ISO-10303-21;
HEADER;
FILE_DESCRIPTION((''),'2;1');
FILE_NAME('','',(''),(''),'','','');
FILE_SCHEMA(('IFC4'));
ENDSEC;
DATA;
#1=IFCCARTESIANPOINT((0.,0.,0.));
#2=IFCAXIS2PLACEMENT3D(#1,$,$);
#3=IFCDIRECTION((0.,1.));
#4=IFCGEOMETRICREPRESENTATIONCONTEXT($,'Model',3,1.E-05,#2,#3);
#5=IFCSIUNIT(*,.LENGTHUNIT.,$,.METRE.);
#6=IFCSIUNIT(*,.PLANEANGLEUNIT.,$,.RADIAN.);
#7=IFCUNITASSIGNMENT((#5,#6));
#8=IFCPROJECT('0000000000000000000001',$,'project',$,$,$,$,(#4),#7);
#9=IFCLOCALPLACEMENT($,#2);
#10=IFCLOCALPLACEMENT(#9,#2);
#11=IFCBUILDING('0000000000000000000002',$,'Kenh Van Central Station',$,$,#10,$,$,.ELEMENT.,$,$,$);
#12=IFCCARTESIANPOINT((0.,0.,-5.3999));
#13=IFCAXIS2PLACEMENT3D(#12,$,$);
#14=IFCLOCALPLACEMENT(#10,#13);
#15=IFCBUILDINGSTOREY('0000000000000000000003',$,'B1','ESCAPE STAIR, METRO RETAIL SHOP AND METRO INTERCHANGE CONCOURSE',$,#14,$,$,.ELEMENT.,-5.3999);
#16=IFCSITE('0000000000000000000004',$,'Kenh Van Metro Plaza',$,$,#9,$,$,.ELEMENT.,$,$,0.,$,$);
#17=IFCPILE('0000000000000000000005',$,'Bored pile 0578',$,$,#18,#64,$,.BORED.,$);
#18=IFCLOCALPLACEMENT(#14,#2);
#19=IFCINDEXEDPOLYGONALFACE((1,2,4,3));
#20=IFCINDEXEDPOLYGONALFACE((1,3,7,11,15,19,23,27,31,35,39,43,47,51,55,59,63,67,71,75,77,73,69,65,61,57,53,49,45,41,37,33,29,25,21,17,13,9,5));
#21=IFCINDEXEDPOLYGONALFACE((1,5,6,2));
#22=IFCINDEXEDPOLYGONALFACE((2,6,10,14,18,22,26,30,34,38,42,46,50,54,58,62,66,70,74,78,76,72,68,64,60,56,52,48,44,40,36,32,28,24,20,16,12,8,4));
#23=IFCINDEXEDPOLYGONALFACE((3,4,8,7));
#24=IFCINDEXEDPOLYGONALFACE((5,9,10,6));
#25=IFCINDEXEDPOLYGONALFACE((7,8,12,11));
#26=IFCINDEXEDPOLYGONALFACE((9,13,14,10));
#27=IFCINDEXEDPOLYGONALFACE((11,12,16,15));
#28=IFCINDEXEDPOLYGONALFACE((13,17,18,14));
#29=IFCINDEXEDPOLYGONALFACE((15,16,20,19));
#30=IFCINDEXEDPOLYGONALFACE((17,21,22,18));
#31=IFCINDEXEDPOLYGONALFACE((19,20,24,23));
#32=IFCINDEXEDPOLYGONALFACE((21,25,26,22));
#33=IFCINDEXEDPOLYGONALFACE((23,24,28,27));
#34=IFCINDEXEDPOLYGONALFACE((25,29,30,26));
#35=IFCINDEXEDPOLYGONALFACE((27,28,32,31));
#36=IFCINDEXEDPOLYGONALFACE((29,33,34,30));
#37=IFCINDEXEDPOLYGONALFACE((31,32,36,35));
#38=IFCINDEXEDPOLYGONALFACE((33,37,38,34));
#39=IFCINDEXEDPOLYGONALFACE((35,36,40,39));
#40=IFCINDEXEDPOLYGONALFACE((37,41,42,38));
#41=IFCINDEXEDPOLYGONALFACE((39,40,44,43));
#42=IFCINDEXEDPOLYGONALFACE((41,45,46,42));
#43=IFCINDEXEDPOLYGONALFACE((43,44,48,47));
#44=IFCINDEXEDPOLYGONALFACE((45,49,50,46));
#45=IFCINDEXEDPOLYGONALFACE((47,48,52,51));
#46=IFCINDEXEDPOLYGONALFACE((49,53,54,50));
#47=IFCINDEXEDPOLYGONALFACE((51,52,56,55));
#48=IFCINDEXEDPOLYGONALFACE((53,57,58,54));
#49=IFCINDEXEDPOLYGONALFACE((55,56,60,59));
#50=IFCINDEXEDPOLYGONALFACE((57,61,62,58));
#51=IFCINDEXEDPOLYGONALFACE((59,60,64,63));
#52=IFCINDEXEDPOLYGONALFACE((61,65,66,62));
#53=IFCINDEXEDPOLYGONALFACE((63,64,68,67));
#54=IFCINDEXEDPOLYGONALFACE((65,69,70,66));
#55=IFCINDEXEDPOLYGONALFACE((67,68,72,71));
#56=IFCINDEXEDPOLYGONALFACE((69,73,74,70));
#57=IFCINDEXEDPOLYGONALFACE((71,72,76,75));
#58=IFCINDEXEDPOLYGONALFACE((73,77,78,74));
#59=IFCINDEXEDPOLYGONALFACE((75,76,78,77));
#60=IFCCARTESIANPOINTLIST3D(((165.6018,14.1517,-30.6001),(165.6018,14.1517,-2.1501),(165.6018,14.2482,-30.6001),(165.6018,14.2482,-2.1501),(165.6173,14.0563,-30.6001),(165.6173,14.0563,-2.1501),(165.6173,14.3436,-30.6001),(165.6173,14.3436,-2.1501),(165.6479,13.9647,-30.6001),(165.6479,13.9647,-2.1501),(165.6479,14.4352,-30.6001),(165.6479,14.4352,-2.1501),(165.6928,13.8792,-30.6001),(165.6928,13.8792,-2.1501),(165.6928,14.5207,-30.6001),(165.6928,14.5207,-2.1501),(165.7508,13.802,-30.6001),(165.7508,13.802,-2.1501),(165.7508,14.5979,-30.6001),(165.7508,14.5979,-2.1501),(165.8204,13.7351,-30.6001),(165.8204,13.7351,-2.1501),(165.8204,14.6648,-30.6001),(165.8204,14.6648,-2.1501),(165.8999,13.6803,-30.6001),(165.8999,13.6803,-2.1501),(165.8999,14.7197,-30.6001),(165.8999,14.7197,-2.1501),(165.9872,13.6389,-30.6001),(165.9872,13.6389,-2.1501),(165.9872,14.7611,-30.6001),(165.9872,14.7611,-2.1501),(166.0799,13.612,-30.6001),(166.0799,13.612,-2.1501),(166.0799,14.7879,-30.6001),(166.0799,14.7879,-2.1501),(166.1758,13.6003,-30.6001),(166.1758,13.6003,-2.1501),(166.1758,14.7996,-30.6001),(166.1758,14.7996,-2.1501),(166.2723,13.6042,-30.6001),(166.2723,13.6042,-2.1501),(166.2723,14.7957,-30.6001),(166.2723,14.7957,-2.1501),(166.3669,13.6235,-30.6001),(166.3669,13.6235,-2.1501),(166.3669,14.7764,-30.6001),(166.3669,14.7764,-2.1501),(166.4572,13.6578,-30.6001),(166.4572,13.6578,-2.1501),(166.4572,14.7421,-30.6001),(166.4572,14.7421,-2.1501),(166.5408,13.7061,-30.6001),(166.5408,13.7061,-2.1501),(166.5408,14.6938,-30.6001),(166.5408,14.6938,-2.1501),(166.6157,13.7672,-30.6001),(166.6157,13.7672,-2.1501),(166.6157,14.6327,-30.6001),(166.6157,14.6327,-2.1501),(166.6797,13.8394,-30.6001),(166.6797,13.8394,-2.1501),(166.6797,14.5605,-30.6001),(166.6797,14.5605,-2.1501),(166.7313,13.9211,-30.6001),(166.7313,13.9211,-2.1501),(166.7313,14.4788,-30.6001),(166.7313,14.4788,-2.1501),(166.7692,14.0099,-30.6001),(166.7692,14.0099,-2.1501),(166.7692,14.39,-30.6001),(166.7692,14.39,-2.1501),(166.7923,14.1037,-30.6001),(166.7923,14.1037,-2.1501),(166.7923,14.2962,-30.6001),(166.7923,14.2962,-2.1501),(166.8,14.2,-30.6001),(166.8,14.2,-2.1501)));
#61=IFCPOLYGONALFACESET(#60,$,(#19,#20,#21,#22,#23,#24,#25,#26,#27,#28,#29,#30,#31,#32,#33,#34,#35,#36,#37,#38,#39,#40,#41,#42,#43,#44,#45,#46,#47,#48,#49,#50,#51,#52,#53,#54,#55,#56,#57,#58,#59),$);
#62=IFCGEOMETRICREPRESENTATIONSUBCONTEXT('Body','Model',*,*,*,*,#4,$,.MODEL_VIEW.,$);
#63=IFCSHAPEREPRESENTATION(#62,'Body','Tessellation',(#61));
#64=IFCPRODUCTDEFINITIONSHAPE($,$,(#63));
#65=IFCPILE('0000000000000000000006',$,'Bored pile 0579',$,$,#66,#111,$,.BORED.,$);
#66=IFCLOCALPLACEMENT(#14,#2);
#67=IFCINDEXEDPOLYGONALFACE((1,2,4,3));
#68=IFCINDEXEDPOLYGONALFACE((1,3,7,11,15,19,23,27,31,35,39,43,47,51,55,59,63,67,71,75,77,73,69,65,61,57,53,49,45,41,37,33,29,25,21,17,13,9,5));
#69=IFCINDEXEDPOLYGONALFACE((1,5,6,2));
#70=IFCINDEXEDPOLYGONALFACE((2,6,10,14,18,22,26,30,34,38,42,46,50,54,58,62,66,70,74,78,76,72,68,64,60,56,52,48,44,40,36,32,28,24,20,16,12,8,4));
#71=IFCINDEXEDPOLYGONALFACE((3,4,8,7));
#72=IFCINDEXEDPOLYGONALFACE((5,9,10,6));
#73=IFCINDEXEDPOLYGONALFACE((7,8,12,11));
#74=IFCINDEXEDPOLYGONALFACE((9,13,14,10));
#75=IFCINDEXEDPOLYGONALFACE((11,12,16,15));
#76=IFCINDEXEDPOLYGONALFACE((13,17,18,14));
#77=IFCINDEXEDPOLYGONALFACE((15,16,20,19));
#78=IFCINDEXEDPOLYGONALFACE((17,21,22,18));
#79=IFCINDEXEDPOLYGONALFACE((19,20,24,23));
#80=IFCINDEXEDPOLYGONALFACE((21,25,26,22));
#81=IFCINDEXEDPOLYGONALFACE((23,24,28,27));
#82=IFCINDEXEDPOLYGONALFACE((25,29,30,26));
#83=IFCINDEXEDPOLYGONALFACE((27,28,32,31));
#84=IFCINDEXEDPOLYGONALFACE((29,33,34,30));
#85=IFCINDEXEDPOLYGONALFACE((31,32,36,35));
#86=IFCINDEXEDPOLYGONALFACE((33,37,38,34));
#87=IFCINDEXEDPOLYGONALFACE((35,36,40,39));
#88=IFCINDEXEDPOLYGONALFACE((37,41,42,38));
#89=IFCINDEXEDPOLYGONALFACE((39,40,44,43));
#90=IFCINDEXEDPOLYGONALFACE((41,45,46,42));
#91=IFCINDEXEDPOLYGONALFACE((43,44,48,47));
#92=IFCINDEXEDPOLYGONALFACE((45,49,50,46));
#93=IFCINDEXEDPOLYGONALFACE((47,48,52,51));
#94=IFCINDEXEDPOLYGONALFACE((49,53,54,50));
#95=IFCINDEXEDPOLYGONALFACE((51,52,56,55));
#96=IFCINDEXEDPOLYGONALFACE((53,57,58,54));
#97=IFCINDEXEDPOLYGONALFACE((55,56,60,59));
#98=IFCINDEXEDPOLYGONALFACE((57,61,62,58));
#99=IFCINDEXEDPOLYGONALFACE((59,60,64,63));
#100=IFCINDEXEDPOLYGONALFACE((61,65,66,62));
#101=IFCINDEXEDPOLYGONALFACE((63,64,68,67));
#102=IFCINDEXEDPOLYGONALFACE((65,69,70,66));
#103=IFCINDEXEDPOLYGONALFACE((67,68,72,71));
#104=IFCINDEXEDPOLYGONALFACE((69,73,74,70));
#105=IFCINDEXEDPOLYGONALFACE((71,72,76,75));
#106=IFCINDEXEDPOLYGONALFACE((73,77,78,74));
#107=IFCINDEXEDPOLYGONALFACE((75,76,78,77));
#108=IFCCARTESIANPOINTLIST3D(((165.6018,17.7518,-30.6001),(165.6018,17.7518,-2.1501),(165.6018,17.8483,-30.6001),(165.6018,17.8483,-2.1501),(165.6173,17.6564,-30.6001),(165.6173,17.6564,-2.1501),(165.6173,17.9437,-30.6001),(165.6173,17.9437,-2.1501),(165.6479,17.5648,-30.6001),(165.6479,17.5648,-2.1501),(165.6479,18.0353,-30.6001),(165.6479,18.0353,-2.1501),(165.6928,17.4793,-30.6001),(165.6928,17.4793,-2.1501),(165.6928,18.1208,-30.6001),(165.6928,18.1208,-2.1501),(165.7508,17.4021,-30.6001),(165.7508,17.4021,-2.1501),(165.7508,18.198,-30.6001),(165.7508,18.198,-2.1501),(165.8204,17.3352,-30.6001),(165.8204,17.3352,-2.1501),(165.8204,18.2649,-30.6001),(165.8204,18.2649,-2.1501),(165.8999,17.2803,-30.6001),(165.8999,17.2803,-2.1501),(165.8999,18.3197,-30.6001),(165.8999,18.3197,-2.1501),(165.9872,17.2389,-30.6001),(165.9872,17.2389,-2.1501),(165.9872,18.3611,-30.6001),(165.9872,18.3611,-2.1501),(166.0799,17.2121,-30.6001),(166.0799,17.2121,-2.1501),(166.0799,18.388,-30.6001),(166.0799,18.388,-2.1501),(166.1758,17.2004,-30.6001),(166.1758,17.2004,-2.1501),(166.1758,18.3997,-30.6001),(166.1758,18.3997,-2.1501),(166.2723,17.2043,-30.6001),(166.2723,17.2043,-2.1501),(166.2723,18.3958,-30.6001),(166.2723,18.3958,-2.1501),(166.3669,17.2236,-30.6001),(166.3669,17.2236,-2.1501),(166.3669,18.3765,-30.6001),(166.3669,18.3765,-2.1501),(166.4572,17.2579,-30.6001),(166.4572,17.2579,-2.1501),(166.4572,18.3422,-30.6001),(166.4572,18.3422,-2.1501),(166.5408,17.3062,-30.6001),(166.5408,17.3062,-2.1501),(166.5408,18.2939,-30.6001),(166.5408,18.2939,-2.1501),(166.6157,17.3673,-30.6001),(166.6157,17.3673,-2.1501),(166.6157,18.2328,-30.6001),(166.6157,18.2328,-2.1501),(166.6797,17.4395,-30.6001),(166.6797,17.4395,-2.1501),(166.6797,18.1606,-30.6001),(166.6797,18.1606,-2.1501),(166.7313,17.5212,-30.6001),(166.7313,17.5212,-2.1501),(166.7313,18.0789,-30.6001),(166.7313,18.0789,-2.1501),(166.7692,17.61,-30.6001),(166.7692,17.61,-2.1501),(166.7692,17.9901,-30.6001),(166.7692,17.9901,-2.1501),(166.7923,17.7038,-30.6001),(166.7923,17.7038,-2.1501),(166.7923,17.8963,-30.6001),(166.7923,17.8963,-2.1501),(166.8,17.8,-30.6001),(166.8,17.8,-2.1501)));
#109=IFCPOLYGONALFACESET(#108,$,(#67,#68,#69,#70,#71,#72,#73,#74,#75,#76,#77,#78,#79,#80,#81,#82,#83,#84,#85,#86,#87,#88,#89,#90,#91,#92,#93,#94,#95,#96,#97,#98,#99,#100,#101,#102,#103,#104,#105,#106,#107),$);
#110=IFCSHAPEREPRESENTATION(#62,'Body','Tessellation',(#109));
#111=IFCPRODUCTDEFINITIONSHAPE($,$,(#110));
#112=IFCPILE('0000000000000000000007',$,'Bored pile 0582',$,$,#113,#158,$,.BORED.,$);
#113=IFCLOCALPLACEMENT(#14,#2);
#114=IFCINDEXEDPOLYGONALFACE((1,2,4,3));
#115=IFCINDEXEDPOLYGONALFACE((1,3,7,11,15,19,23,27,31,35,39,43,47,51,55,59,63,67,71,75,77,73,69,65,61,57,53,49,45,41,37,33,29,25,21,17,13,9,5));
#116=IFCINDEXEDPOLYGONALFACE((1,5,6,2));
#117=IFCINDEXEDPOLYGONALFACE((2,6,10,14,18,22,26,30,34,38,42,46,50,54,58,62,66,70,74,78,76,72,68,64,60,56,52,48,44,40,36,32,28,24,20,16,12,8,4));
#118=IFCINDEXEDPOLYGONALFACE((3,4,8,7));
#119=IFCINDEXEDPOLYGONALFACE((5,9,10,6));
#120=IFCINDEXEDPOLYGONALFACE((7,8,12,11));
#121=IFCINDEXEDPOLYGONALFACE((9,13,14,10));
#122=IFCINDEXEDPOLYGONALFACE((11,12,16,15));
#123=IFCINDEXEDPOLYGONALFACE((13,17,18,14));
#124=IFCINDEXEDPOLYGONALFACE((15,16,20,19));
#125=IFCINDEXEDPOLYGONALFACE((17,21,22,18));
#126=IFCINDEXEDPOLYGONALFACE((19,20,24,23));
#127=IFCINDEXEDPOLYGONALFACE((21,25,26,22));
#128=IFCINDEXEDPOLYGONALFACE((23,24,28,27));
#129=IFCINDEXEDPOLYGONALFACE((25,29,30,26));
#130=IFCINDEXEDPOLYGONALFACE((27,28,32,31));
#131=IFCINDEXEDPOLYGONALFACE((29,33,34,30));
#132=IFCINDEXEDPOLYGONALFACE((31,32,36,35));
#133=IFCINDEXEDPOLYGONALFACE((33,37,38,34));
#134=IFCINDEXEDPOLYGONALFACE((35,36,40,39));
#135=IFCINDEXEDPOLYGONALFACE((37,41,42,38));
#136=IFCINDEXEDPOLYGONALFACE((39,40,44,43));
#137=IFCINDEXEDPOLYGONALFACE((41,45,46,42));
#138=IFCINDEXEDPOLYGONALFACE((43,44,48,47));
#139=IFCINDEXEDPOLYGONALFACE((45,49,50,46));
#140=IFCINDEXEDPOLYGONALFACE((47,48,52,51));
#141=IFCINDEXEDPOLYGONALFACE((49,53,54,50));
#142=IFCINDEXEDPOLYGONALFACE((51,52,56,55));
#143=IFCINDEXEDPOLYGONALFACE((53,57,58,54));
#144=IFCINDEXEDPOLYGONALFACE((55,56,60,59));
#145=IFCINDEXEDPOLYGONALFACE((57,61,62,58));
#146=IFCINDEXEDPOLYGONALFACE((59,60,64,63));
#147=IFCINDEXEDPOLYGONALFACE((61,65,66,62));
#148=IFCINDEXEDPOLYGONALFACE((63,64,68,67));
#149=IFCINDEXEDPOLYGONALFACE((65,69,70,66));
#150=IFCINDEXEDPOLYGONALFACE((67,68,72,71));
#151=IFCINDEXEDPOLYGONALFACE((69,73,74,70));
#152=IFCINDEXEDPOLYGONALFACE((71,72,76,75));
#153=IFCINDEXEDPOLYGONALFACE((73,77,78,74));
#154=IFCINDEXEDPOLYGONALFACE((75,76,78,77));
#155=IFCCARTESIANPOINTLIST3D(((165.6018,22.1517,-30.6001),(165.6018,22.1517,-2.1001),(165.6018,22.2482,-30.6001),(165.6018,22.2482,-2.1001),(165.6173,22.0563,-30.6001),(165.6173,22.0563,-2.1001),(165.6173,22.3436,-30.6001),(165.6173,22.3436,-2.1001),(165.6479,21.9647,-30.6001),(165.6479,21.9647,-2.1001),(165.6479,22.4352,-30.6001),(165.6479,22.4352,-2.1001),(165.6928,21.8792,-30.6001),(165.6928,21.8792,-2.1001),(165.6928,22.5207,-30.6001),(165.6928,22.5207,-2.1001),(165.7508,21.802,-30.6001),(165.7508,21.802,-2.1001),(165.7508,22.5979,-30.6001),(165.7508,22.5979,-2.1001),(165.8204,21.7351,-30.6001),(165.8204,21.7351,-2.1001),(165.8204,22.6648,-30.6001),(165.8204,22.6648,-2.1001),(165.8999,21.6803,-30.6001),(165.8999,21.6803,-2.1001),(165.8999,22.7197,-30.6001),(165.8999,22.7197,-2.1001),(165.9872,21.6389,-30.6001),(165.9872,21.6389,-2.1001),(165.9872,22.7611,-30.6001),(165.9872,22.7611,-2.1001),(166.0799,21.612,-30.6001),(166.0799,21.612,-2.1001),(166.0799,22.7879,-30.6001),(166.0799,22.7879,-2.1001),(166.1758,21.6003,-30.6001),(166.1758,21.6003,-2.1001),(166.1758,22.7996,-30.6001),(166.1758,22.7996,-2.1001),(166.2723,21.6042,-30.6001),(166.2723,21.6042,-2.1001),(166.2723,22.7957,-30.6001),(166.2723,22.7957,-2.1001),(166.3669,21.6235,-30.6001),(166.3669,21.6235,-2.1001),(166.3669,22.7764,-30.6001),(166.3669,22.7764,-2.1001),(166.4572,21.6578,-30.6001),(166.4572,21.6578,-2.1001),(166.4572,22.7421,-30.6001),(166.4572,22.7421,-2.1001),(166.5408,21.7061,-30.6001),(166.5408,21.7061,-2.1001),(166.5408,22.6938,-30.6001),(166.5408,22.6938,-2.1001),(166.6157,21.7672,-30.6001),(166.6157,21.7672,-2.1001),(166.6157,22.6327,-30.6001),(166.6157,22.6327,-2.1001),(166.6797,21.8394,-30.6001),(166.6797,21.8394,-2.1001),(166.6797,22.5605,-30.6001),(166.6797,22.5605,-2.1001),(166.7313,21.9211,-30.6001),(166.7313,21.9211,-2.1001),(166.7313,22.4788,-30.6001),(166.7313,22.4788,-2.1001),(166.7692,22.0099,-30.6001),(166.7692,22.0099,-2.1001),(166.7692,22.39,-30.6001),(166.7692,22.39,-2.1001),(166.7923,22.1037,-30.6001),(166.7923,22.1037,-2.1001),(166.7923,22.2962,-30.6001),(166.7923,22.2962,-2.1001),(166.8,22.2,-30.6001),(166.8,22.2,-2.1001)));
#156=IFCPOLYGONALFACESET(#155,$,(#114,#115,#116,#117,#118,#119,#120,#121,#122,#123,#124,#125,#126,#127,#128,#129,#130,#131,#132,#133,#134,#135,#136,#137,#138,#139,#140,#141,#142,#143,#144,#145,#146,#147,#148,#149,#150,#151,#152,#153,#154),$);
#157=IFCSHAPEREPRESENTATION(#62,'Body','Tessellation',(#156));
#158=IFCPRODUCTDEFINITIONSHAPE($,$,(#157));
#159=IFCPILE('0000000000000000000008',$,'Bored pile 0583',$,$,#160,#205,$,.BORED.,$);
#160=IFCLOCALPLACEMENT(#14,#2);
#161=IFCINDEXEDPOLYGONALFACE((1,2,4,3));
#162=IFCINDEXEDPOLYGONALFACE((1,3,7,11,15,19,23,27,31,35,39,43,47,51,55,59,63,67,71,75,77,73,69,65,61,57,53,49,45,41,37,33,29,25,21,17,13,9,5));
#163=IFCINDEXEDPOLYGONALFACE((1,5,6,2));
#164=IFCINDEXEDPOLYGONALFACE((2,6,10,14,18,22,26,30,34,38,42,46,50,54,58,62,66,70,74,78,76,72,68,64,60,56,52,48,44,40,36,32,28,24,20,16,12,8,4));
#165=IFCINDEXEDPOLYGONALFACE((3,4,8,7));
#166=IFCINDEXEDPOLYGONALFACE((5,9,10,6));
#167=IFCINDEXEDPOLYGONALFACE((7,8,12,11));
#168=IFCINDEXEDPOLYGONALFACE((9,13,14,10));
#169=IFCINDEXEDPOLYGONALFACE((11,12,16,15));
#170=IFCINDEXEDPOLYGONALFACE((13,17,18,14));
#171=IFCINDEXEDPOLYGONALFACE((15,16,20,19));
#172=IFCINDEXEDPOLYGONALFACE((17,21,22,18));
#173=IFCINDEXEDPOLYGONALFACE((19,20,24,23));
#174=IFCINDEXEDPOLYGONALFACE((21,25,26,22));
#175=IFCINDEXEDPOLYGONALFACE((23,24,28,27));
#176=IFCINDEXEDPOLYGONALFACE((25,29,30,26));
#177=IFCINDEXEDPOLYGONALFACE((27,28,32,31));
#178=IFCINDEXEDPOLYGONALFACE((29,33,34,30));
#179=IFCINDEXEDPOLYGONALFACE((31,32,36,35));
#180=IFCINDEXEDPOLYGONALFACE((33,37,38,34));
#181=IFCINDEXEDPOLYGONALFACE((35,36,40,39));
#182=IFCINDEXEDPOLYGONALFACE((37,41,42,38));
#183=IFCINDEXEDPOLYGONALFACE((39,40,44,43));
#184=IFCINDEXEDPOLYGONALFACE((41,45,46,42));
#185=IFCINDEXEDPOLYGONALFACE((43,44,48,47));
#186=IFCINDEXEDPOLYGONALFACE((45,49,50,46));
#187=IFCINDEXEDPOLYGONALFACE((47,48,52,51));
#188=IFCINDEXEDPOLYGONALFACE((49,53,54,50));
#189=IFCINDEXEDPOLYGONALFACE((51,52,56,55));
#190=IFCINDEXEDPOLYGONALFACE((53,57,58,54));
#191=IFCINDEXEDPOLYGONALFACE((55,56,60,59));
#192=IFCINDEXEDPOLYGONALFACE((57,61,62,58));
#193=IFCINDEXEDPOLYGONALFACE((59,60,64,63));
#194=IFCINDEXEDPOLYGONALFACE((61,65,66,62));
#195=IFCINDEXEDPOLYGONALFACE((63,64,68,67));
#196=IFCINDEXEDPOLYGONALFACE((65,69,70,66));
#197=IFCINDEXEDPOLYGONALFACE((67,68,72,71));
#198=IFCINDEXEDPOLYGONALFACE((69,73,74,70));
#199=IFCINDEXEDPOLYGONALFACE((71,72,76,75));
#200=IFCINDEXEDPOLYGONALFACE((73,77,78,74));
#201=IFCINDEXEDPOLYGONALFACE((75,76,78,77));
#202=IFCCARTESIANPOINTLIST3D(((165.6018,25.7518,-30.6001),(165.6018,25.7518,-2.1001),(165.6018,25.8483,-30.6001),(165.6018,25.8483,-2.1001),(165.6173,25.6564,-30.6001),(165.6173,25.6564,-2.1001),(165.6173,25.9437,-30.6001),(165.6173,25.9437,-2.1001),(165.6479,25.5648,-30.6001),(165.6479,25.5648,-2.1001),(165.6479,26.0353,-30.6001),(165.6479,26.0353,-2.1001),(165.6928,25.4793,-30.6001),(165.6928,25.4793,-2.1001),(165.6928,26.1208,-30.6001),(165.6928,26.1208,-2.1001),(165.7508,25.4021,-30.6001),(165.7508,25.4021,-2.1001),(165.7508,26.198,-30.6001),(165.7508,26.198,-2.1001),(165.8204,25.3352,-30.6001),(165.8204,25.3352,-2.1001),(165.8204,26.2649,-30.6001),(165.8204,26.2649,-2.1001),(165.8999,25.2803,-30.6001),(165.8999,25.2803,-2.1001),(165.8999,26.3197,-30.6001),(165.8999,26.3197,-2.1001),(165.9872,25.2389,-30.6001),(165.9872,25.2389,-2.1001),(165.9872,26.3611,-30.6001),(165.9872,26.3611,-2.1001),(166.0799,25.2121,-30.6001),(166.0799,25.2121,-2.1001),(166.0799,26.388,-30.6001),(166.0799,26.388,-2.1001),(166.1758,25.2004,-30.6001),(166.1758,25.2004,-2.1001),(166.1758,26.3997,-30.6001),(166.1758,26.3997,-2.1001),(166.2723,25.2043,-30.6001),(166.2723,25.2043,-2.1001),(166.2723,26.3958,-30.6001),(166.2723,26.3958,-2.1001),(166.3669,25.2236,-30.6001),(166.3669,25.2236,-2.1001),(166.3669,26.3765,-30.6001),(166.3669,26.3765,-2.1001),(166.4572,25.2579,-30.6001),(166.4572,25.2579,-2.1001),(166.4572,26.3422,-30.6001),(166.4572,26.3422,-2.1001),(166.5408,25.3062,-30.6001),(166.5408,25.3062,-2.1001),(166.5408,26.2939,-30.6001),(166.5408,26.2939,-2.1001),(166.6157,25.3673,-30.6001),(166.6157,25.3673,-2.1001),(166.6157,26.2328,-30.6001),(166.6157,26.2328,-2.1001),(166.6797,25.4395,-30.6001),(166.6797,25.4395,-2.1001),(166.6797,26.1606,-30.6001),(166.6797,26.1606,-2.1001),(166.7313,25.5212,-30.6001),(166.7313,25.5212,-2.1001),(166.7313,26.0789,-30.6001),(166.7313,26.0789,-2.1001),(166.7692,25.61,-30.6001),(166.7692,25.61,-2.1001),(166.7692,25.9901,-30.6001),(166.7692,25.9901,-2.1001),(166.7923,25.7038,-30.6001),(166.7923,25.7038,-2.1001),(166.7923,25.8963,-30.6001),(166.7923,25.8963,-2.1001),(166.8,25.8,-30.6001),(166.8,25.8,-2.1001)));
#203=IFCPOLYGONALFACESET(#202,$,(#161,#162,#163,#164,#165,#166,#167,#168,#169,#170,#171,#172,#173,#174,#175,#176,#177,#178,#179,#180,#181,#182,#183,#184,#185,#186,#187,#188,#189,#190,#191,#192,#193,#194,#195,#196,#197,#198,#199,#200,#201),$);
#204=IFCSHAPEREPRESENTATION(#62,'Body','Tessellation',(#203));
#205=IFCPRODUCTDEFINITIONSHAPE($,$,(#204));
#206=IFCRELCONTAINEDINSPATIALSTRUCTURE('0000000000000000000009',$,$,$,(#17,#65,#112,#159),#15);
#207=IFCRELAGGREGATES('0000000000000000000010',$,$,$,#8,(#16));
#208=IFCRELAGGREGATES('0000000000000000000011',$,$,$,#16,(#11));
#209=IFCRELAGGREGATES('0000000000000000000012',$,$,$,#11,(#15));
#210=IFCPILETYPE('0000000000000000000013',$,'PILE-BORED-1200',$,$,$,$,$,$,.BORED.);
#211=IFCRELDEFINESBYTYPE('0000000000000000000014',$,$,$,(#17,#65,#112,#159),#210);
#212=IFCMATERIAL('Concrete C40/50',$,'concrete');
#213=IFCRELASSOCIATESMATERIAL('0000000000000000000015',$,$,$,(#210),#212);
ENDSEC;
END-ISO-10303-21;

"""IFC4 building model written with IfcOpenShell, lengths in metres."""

from ifc_helpers import new_model, si_unit, direction, frame, origin, origin_2d, place, context, subcontext, project, spatial, circle, extrude, material, material_profile, profile_set, type_object, element, save


model = new_model("IFC4")

# Units and contexts
model_context = context("Model", 3, precision=1e-05, world=origin(), true_north=direction((0.0, 1.0)))
body_context = subcontext(model_context, "Body", "Model", "MODEL_VIEW")
ifc_project = project(units=[si_unit("LENGTHUNIT", "METRE"), si_unit("PLANEANGLEUNIT", "RADIAN")], contexts=[model_context])

# Site, building, storey
site_placement = place(None, origin())
site = spatial("IfcSite", under=ifc_project, at=site_placement, Name="Kenh Van Metro Plaza", CompositionType="ELEMENT", RefElevation=0.0)
building_placement = place(site_placement, origin())
building = spatial("IfcBuilding", under=site, at=building_placement, Name="Kenh Van Central Station", CompositionType="ELEMENT")
storey_placement = place(building_placement, frame((0.0, 0.0, -5.3999)))
storey = spatial("IfcBuildingStorey", under=building, at=storey_placement, Name="B1", Description="ESCAPE STAIR, METRO RETAIL SHOP AND METRO INTERCHANGE CONCOURSE", CompositionType="ELEMENT", Elevation=-5.3999)

# Shared definitions
ifc_material_1 = material(Name="Concrete C40/50", Category="concrete")

# Piles
ifc_material_profile_1 = material_profile(ifc_material_1, circle(Radius=0.6001, at=origin_2d()), Name="PILE D1200")
ifc_profile_set_1 = profile_set([ifc_material_profile_1], Name="Concrete C40/50")
pile_type_1 = type_object("IfcPileType", Name="PILE-BORED-1200", PredefinedType="BORED", material=ifc_profile_set_1)
for number, where, z_axis, x_axis, name in (
    (1, (166.2, 14.2, -2.1501), (0.0, 0.0, -1.0), (1.0, 0.0, 0.0), "Bored pile 0578"),
    (2, (166.2, 17.8, -2.1501), (0.0, 0.0, -1.0), (1.0, 0.0, 0.0), "Bored pile 0579"),
):
    element("IfcPile", number, at=place(storey_placement, frame(where, z_axis=z_axis, x_axis=x_axis)), inside=storey, type_object=pile_type_1, Name=name, PredefinedType="BORED", context=body_context, shape_type="SweptSolid", body=[
        extrude(circle(Radius=0.6001, at=origin_2d()), origin(), (0.0, 0.0, 1.0), 28.45),
    ])
for number, where, z_axis, x_axis, name in (
    (3, (166.2, 22.2, -2.1001), (0.0, 0.0, -1.0), (1.0, 0.0, 0.0), "Bored pile 0582"),
    (4, (166.2, 25.8, -2.1001), (0.0, 0.0, -1.0), (1.0, 0.0, 0.0), "Bored pile 0583"),
):
    element("IfcPile", number, at=place(storey_placement, frame(where, z_axis=z_axis, x_axis=x_axis)), inside=storey, type_object=pile_type_1, Name=name, PredefinedType="BORED", context=body_context, shape_type="SweptSolid", body=[
        extrude(circle(Radius=0.6001, at=origin_2d()), origin(), (0.0, 0.0, 1.0), 28.5),
    ])

save(model, "model.ifc")
